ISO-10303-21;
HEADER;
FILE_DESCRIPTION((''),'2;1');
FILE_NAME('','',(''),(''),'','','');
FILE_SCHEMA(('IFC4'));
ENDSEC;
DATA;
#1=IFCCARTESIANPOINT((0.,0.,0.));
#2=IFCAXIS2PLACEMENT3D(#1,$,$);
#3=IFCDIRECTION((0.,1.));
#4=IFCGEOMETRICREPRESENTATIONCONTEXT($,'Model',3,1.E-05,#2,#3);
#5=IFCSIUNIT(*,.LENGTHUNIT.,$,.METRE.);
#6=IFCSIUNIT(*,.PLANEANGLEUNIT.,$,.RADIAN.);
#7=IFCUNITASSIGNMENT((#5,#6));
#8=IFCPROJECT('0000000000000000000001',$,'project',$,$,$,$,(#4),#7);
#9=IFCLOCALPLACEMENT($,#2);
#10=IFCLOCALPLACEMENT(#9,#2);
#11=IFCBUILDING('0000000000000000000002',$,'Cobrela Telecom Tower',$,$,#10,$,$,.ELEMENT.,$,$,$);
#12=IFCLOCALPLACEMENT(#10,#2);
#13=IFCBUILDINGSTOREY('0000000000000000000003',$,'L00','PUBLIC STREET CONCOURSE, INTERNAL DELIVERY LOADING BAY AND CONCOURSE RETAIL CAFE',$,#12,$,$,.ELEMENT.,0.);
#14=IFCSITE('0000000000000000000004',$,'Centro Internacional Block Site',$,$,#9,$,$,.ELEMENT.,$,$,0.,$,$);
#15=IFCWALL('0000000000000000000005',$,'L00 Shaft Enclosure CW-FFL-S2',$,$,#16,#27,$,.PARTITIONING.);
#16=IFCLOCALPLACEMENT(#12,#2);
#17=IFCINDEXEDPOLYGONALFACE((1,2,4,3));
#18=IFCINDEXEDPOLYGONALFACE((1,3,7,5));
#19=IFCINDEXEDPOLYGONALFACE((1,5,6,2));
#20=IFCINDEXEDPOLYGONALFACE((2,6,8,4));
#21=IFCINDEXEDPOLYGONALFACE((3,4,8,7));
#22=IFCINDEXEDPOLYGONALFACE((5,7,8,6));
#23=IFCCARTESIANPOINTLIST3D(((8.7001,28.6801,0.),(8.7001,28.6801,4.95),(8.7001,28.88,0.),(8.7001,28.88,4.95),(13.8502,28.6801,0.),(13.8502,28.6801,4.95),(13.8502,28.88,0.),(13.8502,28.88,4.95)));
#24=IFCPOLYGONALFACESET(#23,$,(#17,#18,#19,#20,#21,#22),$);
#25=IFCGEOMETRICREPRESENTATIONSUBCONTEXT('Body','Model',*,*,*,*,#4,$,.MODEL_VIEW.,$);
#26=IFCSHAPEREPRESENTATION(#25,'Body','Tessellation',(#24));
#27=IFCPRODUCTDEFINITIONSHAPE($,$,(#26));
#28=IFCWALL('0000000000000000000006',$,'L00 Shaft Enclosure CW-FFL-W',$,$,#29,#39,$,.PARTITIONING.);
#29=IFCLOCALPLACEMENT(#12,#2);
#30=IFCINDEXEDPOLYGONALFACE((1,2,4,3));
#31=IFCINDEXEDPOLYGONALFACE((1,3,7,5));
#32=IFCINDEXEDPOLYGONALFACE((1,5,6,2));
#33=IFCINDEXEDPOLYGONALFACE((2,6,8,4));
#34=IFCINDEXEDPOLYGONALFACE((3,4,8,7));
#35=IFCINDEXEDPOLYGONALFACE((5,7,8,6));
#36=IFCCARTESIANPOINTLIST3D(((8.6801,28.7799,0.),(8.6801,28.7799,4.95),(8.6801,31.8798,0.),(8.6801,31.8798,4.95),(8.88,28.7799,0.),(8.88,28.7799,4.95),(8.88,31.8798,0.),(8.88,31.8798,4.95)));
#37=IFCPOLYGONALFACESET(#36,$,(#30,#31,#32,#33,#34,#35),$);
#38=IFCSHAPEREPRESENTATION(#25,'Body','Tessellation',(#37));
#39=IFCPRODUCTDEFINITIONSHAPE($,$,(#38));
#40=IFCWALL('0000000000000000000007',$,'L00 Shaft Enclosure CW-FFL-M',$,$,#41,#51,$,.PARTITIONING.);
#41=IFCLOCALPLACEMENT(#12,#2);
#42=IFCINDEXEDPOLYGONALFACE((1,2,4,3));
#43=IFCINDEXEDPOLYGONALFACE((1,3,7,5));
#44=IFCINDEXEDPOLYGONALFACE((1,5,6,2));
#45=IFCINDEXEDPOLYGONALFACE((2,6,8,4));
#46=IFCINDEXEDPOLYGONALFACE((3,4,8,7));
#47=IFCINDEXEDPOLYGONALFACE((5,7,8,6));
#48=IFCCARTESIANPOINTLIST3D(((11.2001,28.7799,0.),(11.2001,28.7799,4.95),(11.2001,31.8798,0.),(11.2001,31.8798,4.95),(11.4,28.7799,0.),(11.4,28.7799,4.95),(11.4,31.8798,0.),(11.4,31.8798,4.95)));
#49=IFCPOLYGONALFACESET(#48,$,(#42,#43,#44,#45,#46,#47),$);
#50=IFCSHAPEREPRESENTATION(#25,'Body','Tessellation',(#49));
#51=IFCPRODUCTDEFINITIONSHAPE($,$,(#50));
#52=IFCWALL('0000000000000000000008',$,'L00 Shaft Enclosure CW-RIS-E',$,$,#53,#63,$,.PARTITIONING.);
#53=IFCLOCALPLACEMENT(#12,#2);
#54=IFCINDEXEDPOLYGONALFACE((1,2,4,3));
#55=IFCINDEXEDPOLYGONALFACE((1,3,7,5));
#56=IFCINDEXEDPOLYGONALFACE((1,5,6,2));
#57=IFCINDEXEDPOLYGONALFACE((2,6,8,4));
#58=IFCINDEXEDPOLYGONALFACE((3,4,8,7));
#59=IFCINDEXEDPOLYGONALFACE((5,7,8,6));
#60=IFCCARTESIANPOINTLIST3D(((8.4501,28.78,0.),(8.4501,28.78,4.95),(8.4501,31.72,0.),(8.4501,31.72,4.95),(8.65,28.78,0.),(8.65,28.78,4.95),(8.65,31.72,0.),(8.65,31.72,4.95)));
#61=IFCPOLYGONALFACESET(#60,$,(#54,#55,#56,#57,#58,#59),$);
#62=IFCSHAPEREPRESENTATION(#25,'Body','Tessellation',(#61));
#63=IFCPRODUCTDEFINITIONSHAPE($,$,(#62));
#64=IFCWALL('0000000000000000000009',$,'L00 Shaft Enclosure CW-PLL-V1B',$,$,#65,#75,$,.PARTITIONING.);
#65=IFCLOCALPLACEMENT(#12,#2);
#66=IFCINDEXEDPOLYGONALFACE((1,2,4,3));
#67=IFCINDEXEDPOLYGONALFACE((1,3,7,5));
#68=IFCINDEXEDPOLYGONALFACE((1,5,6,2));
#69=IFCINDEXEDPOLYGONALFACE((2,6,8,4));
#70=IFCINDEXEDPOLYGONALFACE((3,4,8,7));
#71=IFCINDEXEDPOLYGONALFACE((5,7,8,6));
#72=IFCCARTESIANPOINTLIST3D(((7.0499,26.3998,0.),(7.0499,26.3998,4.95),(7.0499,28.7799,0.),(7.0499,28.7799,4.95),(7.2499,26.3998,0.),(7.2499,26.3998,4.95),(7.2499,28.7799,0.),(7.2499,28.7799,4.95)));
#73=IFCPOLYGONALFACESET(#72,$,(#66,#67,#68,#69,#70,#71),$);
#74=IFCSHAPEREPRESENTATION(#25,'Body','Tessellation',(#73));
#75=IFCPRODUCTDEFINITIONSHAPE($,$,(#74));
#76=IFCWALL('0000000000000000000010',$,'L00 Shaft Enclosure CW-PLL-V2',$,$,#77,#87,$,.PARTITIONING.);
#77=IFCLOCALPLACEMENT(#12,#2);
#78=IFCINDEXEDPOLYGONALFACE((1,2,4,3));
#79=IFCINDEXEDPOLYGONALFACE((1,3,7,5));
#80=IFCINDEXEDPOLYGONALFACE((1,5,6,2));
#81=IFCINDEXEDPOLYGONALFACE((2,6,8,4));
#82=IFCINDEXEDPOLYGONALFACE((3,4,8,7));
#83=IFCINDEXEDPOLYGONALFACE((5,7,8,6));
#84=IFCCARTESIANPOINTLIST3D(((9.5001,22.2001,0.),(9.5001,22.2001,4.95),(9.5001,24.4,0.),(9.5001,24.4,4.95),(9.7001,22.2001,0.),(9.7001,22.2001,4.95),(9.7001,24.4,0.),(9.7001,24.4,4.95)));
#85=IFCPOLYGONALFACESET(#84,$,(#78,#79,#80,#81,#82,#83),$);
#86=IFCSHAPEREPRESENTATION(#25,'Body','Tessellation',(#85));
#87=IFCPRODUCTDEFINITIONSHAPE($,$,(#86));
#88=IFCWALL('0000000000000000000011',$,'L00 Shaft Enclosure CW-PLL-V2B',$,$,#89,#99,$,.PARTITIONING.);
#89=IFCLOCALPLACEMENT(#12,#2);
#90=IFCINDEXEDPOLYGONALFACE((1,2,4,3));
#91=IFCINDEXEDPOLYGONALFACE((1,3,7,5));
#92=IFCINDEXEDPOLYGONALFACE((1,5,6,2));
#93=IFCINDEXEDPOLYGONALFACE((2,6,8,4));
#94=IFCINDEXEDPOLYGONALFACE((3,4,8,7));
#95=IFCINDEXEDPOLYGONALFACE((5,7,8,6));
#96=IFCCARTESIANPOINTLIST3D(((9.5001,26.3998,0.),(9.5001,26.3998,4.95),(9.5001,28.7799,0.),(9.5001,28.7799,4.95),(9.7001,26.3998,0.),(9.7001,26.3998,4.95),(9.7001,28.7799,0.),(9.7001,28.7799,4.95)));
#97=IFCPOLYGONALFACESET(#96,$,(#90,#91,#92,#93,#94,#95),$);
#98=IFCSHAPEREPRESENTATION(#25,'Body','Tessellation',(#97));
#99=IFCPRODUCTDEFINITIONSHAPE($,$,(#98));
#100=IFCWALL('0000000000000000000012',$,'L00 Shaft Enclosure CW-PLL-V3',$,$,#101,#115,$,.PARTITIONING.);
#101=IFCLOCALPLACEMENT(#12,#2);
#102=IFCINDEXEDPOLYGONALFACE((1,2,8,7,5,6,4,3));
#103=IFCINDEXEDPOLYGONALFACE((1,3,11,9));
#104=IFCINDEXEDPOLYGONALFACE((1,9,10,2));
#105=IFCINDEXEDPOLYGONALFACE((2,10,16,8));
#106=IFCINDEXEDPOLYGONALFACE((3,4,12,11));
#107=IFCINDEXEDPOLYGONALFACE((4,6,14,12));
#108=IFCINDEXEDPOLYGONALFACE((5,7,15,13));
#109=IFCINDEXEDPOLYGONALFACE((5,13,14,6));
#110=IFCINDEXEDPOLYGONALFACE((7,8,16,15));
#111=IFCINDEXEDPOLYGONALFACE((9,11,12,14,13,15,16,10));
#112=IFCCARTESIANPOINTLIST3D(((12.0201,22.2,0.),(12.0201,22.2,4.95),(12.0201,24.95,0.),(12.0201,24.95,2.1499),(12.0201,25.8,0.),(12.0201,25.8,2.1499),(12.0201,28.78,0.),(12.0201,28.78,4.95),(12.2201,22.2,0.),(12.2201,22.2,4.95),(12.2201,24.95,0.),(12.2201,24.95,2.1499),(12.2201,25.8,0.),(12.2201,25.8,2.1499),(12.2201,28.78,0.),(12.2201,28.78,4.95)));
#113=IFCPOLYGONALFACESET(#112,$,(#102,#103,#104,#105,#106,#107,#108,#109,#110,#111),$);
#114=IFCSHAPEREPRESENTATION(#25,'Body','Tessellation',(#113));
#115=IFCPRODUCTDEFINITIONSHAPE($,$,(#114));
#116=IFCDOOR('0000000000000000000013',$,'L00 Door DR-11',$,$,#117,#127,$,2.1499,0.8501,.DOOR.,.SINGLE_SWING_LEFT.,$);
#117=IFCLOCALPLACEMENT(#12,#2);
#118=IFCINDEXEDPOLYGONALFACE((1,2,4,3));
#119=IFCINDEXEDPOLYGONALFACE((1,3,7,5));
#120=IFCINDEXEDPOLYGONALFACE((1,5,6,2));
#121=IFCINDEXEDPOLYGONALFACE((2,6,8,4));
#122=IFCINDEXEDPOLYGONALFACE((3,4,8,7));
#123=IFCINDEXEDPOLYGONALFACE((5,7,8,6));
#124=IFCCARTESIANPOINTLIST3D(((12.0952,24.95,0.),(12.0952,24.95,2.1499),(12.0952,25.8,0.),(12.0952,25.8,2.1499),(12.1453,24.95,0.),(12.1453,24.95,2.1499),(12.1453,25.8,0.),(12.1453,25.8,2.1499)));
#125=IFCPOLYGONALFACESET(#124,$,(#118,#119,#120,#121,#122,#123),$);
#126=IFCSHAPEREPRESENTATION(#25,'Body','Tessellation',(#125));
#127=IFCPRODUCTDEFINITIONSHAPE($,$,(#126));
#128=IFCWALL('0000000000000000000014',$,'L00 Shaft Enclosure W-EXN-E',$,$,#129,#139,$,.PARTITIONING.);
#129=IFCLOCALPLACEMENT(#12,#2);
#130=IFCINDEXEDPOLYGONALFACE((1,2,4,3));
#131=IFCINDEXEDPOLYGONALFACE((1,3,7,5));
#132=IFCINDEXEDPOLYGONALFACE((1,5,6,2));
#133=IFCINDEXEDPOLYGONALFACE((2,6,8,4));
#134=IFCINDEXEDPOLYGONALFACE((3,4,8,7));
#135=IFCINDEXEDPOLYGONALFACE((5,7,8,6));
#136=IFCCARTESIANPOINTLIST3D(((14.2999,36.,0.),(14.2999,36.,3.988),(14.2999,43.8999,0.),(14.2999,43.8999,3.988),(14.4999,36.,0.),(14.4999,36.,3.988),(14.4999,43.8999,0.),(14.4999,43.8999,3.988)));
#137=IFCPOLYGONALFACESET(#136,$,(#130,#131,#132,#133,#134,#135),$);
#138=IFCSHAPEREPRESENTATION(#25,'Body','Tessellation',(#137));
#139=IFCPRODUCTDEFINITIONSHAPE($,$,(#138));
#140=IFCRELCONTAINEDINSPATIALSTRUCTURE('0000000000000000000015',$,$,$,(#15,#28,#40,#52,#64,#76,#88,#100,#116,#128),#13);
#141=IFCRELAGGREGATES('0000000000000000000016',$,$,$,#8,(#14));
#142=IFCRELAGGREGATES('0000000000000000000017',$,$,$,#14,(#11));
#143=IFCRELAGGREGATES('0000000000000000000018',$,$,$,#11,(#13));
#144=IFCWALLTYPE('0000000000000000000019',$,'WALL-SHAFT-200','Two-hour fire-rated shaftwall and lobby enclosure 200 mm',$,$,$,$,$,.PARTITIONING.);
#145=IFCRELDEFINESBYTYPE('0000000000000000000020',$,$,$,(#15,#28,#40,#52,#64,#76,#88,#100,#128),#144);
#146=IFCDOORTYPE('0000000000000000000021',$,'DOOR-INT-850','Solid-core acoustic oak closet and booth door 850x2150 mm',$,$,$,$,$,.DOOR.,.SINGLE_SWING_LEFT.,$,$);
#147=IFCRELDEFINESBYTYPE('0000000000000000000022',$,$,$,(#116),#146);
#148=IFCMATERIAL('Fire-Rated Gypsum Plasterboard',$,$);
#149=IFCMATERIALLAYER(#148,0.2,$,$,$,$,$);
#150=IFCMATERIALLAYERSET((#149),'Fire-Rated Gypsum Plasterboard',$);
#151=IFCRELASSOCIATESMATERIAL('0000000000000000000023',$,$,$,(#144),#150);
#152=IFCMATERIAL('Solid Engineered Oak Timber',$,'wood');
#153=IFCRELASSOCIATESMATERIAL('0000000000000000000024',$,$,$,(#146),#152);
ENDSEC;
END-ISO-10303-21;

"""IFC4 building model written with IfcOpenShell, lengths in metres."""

from ifc_helpers import new_model, si_unit, direction, frame, frame_2d, origin, place, context, subcontext, project, spatial, rectangle, extrude, material, layer, layer_set, type_object, element, fill, save


model = new_model("IFC4")

# Units and contexts
model_context = context("Model", 3, precision=1e-05, world=origin(), true_north=direction((0.0, 1.0)))
body_context = subcontext(model_context, "Body", "Model", "MODEL_VIEW")
ifc_project = project(units=[si_unit("LENGTHUNIT", "METRE"), si_unit("PLANEANGLEUNIT", "RADIAN")], contexts=[model_context])

# Site, building, storey
site_placement = place(None, origin())
site = spatial("IfcSite", under=ifc_project, at=site_placement, Name="Centro Internacional Block Site", CompositionType="ELEMENT", RefElevation=0.0)
building_placement = place(site_placement, origin())
building = spatial("IfcBuilding", under=site, at=building_placement, Name="Cobrela Telecom Tower", CompositionType="ELEMENT")
storey_placement = place(building_placement, origin())
storey = spatial("IfcBuildingStorey", under=building, at=storey_placement, Name="L00", Description="PUBLIC STREET CONCOURSE, INTERNAL DELIVERY LOADING BAY AND CONCOURSE RETAIL CAFE", CompositionType="ELEMENT", Elevation=0.0)

# Shared definitions
ifc_material_1 = material(Name="Fire-Rated Gypsum Plasterboard")
ifc_layer_1 = layer(ifc_material_1, 0.2)
ifc_layer_set_1 = layer_set([ifc_layer_1], Name="Fire-Rated Gypsum Plasterboard")
wall_type_1 = type_object("IfcWallType", Name="WALL-SHAFT-200", Description="Two-hour fire-rated shaftwall and lobby enclosure 200 mm", PredefinedType="PARTITIONING", material=ifc_layer_set_1)

# Walls
wall_1_placement = place(storey_placement, frame((8.7, 28.78, 0.0), z_axis=(0.0, 0.0, 1.0), x_axis=(1.0, 0.0, 0.0)))
element("IfcWall", 1, at=wall_1_placement, inside=storey, type_object=wall_type_1, Name="L00 Shaft Enclosure CW-FFL-S2", PredefinedType="PARTITIONING", context=body_context, shape_type="SweptSolid", body=[
    extrude(rectangle(XDim=5.1501, YDim=0.2, at=frame_2d((2.5752, 0.0))), origin(), (0.0, 0.0, 1.0), 4.95),
])
for number, where, z_axis, x_axis, name in (
    (2, (8.78, 28.78, 0.0), (0.0, 0.0, 1.0), (0.0, 1.0, 0.0), "L00 Shaft Enclosure CW-FFL-W"),
    (3, (11.3, 28.78, 0.0), (0.0, 0.0, 1.0), (0.0, 1.0, 0.0), "L00 Shaft Enclosure CW-FFL-M"),
):
    element("IfcWall", number, at=place(storey_placement, frame(where, z_axis=z_axis, x_axis=x_axis)), inside=storey, type_object=wall_type_1, Name=name, PredefinedType="PARTITIONING", context=body_context, shape_type="SweptSolid", body=[
        extrude(rectangle(XDim=3.0999, YDim=0.2, at=frame_2d((1.5498, 0.0))), origin(), (0.0, 0.0, 1.0), 4.95),
    ])
wall_2_placement = place(storey_placement, frame((8.55, 28.78, 0.0), z_axis=(0.0, 0.0, 1.0), x_axis=(0.0, 1.0, 0.0)))
element("IfcWall", 4, at=wall_2_placement, inside=storey, type_object=wall_type_1, Name="L00 Shaft Enclosure CW-RIS-E", PredefinedType="PARTITIONING", context=body_context, shape_type="SweptSolid", body=[
    extrude(rectangle(XDim=2.9399, YDim=0.2, at=frame_2d((1.47, 0.0))), origin(), (0.0, 0.0, 1.0), 4.95),
])
wall_3_placement = place(storey_placement, frame((7.1499, 26.3999, 0.0), z_axis=(0.0, 0.0, 1.0), x_axis=(0.0, 1.0, 0.0)))
element("IfcWall", 5, at=wall_3_placement, inside=storey, type_object=wall_type_1, Name="L00 Shaft Enclosure CW-PLL-V1B", PredefinedType="PARTITIONING", context=body_context, shape_type="SweptSolid", body=[
    extrude(rectangle(XDim=2.3801, YDim=0.2, at=frame_2d((1.1899, 0.0))), origin(), (0.0, 0.0, 1.0), 4.95),
])
wall_4_placement = place(storey_placement, frame((9.6001, 22.2, 0.0), z_axis=(0.0, 0.0, 1.0), x_axis=(0.0, 1.0, 0.0)))
element("IfcWall", 6, at=wall_4_placement, inside=storey, type_object=wall_type_1, Name="L00 Shaft Enclosure CW-PLL-V2", PredefinedType="PARTITIONING", context=body_context, shape_type="SweptSolid", body=[
    extrude(rectangle(XDim=2.2, YDim=0.2, at=frame_2d((1.1001, 0.0))), origin(), (0.0, 0.0, 1.0), 4.95),
])
wall_5_placement = place(storey_placement, frame((9.6001, 26.3999, 0.0), z_axis=(0.0, 0.0, 1.0), x_axis=(0.0, 1.0, 0.0)))
element("IfcWall", 7, at=wall_5_placement, inside=storey, type_object=wall_type_1, Name="L00 Shaft Enclosure CW-PLL-V2B", PredefinedType="PARTITIONING", context=body_context, shape_type="SweptSolid", body=[
    extrude(rectangle(XDim=2.3801, YDim=0.2, at=frame_2d((1.1899, 0.0))), origin(), (0.0, 0.0, 1.0), 4.95),
])

# Wall, opening, door
wall_6_placement = place(storey_placement, frame((12.1201, 22.2, 0.0), z_axis=(0.0, 0.0, 1.0), x_axis=(0.0, 1.0, 0.0)))
wall_6 = element("IfcWall", 8, at=wall_6_placement, inside=storey, type_object=wall_type_1, Name="L00 Shaft Enclosure CW-PLL-V3", PredefinedType="PARTITIONING", context=body_context, shape_type="SweptSolid", body=[
    extrude(rectangle(XDim=6.5801, YDim=0.2, at=frame_2d((3.29, 0.0))), origin(), (0.0, 0.0, 1.0), 4.95),
])
opening_1_placement = place(wall_6_placement, frame((2.75, 0.0, 0.0)))
opening_1 = element("IfcOpeningElement", 9, at=opening_1_placement, cuts=wall_6, PredefinedType="OPENING", context=body_context, shape_type="SweptSolid", body=[
    extrude(rectangle(XDim=0.8501, YDim=2.1499, at=frame_2d((0.425, 1.075))), frame((0.0, 0.1118, 0.0), z_axis=(0.0, -1.0, 0.0), x_axis=(1.0, 0.0, 0.0)), (0.0, 0.0, 1.0), 0.2239),
])
ifc_material_2 = material(Name="Solid Engineered Oak Timber", Category="wood")
door_type_1 = type_object("IfcDoorType", Name="DOOR-INT-850", Description="Solid-core acoustic oak closet and booth door 850x2150 mm", OperationType="SINGLE_SWING_LEFT", PredefinedType="DOOR", material=ifc_material_2)
door_1_placement = place(opening_1_placement, origin())
door_1 = element("IfcDoor", 10, at=door_1_placement, inside=storey, type_object=door_type_1, Name="L00 Door DR-11", OperationType="SINGLE_SWING_LEFT", OverallHeight=2.1499, OverallWidth=0.8501, PredefinedType="DOOR", context=body_context, shape_type="SweptSolid", body=[
    extrude(rectangle(XDim=0.8501, YDim=2.1499, at=frame_2d((0.425, 1.075))), frame((0.0, 0.0249, 0.0), z_axis=(0.0, -1.0, 0.0), x_axis=(1.0, 0.0, 0.0)), (0.0, 0.0, 1.0), 0.05),
])
fill(opening_1, door_1)

# Wall
wall_7_placement = place(storey_placement, frame((14.3999, 36.0, 0.0), z_axis=(0.0, 0.0, 1.0), x_axis=(0.0, 1.0, 0.0)))
element("IfcWall", 11, at=wall_7_placement, inside=storey, type_object=wall_type_1, Name="L00 Shaft Enclosure W-EXN-E", PredefinedType="PARTITIONING", context=body_context, shape_type="SweptSolid", body=[
    extrude(rectangle(XDim=7.8999, YDim=0.2, at=frame_2d((3.95, 0.0))), origin(), (0.0, 0.0, 1.0), 3.988),
])

save(model, "model.ifc")
